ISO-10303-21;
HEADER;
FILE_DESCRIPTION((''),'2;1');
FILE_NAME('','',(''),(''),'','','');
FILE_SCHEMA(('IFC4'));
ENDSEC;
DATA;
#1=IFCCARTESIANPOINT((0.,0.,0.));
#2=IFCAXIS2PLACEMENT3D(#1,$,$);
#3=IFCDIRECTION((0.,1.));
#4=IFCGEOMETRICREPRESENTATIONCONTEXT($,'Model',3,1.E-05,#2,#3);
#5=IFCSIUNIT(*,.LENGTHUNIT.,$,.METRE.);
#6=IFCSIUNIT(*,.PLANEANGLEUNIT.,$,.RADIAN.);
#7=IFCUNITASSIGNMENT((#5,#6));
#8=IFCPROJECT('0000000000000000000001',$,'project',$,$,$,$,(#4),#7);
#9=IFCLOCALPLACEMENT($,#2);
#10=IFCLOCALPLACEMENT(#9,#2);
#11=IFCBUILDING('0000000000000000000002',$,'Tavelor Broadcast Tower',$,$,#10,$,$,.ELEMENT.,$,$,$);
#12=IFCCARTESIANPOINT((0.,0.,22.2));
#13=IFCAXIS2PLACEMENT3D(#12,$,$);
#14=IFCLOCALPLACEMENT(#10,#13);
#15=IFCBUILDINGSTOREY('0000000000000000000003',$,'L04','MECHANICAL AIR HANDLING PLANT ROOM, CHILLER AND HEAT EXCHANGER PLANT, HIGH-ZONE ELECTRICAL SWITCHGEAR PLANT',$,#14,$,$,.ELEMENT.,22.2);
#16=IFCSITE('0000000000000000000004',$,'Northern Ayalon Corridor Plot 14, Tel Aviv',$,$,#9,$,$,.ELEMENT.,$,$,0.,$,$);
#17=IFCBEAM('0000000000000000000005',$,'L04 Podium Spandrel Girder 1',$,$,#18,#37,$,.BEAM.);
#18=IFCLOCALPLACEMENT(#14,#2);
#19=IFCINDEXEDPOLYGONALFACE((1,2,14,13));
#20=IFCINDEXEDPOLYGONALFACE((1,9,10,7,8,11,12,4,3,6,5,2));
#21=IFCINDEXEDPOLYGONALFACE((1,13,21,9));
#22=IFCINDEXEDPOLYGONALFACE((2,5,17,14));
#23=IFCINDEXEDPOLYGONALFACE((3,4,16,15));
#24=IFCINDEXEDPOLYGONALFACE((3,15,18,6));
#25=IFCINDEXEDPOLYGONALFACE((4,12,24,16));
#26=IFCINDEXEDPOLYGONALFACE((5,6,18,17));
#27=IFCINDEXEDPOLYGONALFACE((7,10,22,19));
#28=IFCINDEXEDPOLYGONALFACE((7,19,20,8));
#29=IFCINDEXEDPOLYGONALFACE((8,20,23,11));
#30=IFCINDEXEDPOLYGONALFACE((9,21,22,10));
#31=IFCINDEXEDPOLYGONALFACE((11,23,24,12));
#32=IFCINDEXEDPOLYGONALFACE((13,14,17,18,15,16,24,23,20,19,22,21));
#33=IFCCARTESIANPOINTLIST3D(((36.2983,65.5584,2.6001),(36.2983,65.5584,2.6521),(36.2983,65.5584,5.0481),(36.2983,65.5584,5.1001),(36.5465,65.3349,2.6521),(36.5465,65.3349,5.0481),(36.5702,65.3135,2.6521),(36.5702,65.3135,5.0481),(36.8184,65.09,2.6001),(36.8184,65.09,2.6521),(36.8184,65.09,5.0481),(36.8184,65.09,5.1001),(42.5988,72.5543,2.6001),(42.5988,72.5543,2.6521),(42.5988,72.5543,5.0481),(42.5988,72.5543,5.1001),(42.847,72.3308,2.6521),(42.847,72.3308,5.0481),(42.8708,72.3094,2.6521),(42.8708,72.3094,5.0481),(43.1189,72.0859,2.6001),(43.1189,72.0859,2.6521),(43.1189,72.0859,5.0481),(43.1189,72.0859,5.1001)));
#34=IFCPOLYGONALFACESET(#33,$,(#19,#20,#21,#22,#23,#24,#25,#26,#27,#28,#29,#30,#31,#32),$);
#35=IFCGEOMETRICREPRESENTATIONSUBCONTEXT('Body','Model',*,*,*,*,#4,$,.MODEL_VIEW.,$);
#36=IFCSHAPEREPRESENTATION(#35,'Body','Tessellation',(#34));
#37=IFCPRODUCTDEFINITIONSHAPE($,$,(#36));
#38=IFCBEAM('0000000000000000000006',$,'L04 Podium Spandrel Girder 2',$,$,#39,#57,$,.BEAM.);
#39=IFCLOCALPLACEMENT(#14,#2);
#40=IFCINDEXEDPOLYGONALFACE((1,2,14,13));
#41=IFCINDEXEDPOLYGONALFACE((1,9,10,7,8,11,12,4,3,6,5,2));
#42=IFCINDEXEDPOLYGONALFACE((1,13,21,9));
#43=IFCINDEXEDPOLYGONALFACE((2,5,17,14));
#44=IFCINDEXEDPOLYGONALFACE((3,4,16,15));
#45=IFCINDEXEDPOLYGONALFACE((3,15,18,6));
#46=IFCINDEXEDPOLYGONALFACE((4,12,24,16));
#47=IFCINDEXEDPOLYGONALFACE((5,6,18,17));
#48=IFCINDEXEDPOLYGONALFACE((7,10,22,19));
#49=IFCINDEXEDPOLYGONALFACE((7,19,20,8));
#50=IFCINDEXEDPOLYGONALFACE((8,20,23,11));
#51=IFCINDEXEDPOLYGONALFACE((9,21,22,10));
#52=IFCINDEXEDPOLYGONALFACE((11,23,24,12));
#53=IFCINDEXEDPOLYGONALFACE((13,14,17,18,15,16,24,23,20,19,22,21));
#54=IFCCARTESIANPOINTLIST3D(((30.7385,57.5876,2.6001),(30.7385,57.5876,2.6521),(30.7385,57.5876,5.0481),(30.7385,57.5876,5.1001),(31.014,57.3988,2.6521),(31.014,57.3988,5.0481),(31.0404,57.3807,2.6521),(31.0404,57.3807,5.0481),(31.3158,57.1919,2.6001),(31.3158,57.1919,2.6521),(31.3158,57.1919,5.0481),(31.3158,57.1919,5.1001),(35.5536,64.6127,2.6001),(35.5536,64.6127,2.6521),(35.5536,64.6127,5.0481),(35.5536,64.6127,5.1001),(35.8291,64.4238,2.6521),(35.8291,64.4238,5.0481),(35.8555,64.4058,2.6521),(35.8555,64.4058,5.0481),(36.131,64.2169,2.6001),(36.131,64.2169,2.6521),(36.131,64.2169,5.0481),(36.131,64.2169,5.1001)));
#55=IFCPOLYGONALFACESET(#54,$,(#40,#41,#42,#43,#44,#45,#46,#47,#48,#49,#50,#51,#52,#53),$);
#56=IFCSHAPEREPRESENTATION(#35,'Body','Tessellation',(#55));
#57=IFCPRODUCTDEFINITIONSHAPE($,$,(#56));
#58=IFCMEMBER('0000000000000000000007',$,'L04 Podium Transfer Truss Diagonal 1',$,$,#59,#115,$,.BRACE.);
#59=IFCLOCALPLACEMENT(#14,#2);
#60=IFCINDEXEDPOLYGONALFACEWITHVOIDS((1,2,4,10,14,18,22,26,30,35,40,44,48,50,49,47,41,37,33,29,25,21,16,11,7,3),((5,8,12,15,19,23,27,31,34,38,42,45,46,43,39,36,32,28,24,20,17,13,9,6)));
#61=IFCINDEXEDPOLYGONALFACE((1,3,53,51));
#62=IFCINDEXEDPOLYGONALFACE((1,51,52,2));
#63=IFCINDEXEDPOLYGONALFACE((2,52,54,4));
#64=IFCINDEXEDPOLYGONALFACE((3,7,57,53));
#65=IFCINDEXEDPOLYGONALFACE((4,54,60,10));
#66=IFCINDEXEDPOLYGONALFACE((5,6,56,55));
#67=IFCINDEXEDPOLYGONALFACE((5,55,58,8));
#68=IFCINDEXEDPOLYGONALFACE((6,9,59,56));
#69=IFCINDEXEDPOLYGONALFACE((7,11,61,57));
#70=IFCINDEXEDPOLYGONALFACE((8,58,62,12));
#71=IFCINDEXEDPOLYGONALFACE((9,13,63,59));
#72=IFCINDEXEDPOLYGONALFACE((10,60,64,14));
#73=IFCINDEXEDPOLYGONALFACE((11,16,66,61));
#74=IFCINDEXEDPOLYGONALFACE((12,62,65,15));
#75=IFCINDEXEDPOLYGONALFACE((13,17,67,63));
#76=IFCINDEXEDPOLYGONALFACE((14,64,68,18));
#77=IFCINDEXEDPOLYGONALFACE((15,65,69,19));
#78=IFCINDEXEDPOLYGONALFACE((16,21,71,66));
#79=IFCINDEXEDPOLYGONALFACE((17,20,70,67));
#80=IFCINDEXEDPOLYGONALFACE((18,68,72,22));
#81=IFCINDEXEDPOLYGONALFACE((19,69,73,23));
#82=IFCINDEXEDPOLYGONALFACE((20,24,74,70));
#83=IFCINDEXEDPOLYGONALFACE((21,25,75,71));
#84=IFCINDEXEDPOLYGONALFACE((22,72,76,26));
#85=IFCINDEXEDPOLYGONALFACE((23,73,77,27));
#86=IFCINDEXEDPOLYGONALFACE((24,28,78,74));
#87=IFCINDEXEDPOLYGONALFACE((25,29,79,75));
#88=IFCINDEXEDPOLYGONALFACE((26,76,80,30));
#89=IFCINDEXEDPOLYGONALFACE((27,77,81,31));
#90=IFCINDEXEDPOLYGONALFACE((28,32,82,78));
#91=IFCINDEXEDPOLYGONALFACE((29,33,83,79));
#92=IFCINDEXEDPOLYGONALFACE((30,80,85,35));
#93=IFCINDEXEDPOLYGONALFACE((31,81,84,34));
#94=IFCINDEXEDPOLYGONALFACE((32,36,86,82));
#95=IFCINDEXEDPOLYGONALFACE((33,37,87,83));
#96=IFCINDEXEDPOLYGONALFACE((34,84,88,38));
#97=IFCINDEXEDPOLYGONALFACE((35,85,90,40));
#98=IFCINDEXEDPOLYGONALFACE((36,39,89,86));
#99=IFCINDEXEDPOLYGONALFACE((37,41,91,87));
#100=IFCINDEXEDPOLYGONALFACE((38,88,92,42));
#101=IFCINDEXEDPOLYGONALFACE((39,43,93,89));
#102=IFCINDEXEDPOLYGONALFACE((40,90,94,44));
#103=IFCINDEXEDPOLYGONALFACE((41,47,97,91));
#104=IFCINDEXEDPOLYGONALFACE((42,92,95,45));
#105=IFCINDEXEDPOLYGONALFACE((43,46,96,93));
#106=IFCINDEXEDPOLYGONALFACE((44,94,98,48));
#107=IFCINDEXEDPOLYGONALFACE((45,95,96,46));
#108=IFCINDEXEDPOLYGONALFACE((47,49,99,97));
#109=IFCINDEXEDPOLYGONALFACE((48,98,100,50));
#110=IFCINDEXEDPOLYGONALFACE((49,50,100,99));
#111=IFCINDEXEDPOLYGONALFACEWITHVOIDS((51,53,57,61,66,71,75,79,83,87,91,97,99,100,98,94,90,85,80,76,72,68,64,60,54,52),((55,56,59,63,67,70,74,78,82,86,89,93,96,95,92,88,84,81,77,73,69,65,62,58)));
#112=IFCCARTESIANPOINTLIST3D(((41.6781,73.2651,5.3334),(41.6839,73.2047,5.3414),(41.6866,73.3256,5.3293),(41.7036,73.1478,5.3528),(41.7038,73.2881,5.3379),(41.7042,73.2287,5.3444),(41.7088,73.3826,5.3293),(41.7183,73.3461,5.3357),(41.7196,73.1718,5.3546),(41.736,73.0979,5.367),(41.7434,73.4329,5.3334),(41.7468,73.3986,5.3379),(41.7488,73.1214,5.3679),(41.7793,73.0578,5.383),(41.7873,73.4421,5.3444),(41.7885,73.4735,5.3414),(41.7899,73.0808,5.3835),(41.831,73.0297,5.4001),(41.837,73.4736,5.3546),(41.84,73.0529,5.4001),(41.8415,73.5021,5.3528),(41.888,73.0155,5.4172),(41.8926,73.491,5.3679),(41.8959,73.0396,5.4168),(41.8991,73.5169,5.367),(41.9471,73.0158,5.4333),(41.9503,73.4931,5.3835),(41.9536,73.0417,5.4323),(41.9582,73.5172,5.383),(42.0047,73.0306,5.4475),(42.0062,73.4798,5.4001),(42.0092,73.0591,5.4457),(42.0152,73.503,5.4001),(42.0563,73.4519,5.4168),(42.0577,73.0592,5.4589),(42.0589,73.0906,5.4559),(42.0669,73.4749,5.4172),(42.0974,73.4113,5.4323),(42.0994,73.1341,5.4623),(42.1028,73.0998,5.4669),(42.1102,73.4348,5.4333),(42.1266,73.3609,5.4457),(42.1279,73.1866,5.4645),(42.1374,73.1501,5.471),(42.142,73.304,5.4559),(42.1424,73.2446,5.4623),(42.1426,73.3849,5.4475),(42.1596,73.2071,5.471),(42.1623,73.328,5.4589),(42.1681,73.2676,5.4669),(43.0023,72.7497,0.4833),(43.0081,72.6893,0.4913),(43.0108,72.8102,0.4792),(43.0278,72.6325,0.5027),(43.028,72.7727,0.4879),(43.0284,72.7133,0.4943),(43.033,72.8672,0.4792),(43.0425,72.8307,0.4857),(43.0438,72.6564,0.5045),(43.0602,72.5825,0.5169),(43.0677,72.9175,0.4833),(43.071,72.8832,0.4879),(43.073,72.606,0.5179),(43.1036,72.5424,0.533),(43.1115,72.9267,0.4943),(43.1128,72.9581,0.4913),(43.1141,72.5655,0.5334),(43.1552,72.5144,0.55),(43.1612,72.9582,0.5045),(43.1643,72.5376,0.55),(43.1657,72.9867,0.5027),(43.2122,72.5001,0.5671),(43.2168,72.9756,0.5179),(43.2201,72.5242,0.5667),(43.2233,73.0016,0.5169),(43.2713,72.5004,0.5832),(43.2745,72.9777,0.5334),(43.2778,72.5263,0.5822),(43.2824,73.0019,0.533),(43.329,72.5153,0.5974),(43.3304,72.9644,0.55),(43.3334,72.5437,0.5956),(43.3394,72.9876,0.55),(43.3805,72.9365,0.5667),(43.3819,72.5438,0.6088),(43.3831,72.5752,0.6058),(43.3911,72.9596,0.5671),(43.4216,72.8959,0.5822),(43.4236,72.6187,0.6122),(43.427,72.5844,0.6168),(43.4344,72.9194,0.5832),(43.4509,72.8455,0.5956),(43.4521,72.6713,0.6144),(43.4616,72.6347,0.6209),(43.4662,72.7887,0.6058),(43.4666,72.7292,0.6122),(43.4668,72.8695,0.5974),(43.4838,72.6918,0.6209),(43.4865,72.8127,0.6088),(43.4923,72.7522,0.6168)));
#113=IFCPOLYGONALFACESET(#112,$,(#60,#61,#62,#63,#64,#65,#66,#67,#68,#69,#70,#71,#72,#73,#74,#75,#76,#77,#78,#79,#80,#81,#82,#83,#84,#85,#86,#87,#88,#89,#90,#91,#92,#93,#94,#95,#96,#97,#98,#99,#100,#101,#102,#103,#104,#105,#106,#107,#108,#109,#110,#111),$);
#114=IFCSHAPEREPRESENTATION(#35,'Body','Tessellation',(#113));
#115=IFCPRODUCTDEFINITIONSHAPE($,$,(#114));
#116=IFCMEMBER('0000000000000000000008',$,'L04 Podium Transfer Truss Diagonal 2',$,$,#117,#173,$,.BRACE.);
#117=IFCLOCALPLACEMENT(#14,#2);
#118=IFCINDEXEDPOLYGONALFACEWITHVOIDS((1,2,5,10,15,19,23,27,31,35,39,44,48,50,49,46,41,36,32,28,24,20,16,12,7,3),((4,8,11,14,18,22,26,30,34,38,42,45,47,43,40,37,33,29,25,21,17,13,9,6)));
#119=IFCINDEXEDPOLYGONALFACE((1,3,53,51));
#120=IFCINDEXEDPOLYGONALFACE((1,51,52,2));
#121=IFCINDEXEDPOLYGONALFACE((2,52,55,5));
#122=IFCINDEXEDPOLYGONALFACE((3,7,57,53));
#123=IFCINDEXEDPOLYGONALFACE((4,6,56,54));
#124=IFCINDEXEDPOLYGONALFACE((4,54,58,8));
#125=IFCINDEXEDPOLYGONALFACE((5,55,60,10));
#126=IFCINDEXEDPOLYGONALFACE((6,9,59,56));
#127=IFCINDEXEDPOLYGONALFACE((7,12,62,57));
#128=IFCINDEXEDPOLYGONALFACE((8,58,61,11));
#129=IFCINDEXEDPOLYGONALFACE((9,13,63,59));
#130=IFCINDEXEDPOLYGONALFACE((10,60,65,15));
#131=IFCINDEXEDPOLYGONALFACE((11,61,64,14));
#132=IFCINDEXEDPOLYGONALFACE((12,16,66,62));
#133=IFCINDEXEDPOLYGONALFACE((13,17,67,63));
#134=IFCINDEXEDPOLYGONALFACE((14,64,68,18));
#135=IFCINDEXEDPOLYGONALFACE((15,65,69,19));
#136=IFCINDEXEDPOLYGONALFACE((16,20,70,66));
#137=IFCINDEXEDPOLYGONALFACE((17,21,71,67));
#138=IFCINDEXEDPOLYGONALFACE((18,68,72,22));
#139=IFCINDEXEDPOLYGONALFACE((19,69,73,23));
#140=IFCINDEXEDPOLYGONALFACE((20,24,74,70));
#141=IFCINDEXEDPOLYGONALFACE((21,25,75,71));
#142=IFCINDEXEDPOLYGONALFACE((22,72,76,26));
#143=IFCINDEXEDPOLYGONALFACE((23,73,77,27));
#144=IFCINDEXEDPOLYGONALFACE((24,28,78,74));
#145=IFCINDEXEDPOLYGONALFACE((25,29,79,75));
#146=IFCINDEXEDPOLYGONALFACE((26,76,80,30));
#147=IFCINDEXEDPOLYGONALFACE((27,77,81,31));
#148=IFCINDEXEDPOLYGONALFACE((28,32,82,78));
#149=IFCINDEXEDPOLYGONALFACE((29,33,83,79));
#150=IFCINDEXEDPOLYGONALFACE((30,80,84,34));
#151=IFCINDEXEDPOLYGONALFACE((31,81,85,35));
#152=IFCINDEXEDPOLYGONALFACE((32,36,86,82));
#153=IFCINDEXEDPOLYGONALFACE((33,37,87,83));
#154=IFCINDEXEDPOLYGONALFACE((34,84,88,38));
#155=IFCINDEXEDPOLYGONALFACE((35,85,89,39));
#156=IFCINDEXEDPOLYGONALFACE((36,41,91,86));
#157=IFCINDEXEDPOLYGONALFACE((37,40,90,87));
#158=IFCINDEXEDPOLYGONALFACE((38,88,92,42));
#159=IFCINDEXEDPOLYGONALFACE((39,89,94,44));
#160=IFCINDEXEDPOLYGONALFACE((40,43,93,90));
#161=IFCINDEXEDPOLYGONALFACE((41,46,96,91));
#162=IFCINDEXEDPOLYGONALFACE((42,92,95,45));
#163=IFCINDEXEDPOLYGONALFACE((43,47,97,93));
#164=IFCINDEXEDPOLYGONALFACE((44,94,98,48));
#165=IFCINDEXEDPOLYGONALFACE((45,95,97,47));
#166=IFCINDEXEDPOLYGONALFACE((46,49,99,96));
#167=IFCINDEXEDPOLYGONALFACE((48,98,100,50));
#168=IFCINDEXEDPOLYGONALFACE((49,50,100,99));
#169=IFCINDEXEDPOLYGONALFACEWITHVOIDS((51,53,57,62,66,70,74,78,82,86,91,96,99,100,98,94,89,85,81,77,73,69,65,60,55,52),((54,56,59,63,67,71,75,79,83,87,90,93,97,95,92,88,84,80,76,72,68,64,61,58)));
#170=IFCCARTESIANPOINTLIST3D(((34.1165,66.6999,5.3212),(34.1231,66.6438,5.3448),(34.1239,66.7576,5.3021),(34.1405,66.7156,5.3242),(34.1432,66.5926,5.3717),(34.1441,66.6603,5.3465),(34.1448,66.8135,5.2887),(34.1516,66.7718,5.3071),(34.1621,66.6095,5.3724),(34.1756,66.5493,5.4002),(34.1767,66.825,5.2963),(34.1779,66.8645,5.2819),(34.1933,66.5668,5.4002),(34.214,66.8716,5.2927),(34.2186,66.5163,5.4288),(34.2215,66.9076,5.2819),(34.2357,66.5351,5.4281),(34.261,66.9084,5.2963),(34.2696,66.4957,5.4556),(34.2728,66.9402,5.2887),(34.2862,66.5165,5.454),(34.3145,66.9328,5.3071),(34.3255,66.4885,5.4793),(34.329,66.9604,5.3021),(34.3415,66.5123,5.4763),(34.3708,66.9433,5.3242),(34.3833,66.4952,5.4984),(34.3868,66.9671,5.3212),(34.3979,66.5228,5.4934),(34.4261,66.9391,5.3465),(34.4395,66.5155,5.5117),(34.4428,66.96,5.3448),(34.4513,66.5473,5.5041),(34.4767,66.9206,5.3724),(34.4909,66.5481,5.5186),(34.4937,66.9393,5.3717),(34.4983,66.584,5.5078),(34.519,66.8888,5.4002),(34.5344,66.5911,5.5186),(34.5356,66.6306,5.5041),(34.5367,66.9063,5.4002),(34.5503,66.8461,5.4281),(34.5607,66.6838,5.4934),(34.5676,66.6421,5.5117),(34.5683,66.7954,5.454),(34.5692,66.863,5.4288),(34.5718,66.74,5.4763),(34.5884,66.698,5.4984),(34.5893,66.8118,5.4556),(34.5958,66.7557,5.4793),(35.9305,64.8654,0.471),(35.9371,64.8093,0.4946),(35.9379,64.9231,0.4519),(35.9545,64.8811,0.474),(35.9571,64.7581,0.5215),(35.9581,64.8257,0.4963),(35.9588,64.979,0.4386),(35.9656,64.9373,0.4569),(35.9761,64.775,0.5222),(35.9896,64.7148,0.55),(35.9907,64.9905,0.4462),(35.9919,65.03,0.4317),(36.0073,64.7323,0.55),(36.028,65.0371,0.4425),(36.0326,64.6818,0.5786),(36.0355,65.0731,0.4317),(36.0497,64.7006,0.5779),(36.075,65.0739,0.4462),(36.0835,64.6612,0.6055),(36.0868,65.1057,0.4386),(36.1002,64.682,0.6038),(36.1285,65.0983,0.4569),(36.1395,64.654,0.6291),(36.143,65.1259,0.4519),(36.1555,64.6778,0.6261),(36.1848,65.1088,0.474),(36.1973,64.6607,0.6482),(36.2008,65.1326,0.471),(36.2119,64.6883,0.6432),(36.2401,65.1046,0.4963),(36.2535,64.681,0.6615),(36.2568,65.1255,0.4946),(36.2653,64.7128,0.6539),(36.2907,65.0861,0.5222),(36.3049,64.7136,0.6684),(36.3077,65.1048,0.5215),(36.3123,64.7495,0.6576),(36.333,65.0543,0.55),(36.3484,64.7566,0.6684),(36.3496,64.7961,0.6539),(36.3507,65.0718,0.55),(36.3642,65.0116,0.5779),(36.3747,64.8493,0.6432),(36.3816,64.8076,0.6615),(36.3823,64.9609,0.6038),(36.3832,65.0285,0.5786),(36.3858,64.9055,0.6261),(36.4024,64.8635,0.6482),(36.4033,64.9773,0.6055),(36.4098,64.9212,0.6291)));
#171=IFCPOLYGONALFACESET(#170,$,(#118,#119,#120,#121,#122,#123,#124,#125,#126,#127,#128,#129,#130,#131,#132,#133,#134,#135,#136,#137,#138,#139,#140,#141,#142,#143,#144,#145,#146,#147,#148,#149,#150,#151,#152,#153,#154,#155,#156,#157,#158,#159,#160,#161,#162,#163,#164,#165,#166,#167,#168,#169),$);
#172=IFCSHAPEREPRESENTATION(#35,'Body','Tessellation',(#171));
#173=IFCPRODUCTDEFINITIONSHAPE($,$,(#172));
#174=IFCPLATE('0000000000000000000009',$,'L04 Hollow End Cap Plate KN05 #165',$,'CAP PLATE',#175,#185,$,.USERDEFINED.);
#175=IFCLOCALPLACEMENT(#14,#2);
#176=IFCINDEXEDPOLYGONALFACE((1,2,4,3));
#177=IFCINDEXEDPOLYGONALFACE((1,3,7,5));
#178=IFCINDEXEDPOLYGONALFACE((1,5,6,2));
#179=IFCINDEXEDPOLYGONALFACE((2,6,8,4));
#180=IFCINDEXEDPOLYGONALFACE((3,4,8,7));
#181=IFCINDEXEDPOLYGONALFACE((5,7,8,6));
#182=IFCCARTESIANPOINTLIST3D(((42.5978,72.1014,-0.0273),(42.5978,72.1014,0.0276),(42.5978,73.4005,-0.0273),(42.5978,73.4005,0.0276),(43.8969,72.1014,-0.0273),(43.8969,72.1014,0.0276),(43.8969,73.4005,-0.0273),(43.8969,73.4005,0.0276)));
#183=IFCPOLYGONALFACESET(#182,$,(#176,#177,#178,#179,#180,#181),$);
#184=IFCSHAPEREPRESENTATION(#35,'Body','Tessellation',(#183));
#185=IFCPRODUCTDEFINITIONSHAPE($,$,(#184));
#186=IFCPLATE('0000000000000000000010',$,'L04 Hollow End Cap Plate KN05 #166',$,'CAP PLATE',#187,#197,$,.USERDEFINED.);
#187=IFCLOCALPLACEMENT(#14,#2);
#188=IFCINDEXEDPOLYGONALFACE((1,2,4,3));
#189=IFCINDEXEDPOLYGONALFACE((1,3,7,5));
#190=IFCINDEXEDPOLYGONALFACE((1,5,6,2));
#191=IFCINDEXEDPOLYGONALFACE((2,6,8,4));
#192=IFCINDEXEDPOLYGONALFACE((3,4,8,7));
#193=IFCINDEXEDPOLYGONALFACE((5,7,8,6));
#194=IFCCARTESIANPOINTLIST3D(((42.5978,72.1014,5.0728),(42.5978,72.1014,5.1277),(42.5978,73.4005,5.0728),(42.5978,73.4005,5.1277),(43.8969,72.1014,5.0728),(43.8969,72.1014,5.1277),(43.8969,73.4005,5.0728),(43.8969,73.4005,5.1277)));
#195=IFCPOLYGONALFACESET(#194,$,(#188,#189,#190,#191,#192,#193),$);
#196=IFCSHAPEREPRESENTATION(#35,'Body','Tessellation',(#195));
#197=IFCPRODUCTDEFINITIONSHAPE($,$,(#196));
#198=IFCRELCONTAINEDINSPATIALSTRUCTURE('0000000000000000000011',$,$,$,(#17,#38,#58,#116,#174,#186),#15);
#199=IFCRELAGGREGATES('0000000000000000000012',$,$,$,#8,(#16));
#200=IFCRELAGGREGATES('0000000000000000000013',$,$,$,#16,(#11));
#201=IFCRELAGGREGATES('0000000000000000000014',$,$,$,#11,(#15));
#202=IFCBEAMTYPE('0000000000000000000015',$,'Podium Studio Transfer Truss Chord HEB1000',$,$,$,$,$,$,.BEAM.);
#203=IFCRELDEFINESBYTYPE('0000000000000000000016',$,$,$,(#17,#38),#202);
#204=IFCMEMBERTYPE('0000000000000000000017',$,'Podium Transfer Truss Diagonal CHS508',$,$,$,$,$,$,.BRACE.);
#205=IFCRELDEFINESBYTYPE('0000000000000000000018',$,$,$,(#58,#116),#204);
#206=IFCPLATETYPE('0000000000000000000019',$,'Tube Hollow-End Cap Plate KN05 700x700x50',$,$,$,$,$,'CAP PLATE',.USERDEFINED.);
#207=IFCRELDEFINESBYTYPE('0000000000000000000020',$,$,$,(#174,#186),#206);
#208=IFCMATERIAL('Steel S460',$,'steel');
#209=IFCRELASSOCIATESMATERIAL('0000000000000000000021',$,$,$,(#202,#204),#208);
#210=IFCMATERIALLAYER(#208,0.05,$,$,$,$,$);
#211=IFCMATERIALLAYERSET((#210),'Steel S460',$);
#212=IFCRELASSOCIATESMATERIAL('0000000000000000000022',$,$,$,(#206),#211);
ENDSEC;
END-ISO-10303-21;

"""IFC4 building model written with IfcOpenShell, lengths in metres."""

from ifc_helpers import new_model, si_unit, direction, frame, origin, origin_2d, place, context, subcontext, project, spatial, rectangle, hollow_circle, i_section, extrude, source, transform, mapped, material, layer, layer_set, material_profile, profile_set, type_object, element, save


model = new_model("IFC4")

# Units and contexts
model_context = context("Model", 3, precision=1e-05, world=origin(), true_north=direction((0.0, 1.0)))
body_context = subcontext(model_context, "Body", "Model", "MODEL_VIEW")
ifc_project = project(units=[si_unit("LENGTHUNIT", "METRE"), si_unit("PLANEANGLEUNIT", "RADIAN")], contexts=[model_context])

# Site, building, storey
site_placement = place(None, origin())
site = spatial("IfcSite", under=ifc_project, at=site_placement, Name="Northern Ayalon Corridor Plot 14, Tel Aviv", CompositionType="ELEMENT", RefElevation=0.0)
building_placement = place(site_placement, origin())
building = spatial("IfcBuilding", under=site, at=building_placement, Name="Tavelor Broadcast Tower", CompositionType="ELEMENT")
storey_placement = place(building_placement, frame((0.0, 0.0, 22.2)))
storey = spatial("IfcBuildingStorey", under=building, at=storey_placement, Name="L04", Description="MECHANICAL AIR HANDLING PLANT ROOM, CHILLER AND HEAT EXCHANGER PLANT, HIGH-ZONE ELECTRICAL SWITCHGEAR PLANT", CompositionType="ELEMENT", Elevation=22.2)

# Shared definitions
ifc_material_1 = material(Name="Steel S460", Category="steel")

# Beams
ifc_material_profile_1 = material_profile(ifc_material_1, i_section(OverallWidth=0.7, OverallDepth=2.5, WebThickness=0.032, FlangeThickness=0.052, at=origin_2d()), Name="PG 2500x700")
ifc_profile_set_1 = profile_set([ifc_material_profile_1], Name="Steel S460")
beam_type = type_object("IfcBeamType", Name="Podium Studio Transfer Truss Chord HEB1000", PredefinedType="BEAM", material=ifc_profile_set_1)
beam_1_placement = place(storey_placement, frame((42.8589, 72.3201, 3.8501), z_axis=(-0.669215, -0.743068, 0.0), x_axis=(0.743068, -0.669215, 0.0)))
element("IfcBeam", 1, at=beam_1_placement, inside=storey, type_object=beam_type, Name="L04 Podium Spandrel Girder 1", PredefinedType="BEAM", context=body_context, shape_type="SweptSolid", body=[
    extrude(i_section(OverallWidth=0.7, OverallDepth=2.5, WebThickness=0.032, FlangeThickness=0.052, at=origin_2d()), origin(), (0.0, 0.0, 1.0), 9.4148),
])
beam_2_placement = place(storey_placement, frame((35.8423, 64.4148, 3.8501), z_axis=(-0.565364, -0.824842, 0.0), x_axis=(0.824842, -0.565364, 0.0)))
element("IfcBeam", 2, at=beam_2_placement, inside=storey, type_object=beam_type, Name="L04 Podium Spandrel Girder 2", PredefinedType="BEAM", context=body_context, shape_type="SweptSolid", body=[
    extrude(i_section(OverallWidth=0.7, OverallDepth=2.5, WebThickness=0.032, FlangeThickness=0.052, at=origin_2d()), origin(), (0.0, 0.0, 1.0), 8.5168),
])

# Members
ifc_material_profile_2 = material_profile(ifc_material_1, hollow_circle(Radius=0.2539, WallThickness=0.0249, at=origin_2d()), Name="CHS 508x25")
ifc_profile_set_2 = profile_set([ifc_material_profile_2], Name="Steel S460")
member_type = type_object("IfcMemberType", Name="Podium Transfer Truss Diagonal CHS508", PredefinedType="BRACE", material=ifc_profile_set_2)
member_1_placement = place(storey_placement, frame((43.2473, 72.751, 0.55), z_axis=(-0.262016, 0.101975, 0.959661), x_axis=(-0.362695, -0.931908, 0.0)))
element("IfcMember", 3, at=member_1_placement, inside=storey, type_object=member_type, Name="L04 Podium Transfer Truss Diagonal 1", PredefinedType="BRACE", context=body_context, shape_type="SweptSolid", body=[
    extrude(hollow_circle(Radius=0.2539, WallThickness=0.0249, at=origin_2d()), origin(), (0.0, 0.0, 1.0), 5.054),
])
member_2_placement = place(storey_placement, frame((36.1702, 64.8933, 0.55), z_axis=(-0.330198, 0.333931, 0.88287), x_axis=(-0.71107, -0.703121, 0.0)))
element("IfcMember", 4, at=member_2_placement, inside=storey, type_object=member_type, Name="L04 Podium Transfer Truss Diagonal 2", PredefinedType="BRACE", context=body_context, shape_type="SweptSolid", body=[
    extrude(hollow_circle(Radius=0.2539, WallThickness=0.0249, at=origin_2d()), origin(), (0.0, 0.0, 1.0), 5.4937),
])

# Plates
ifc_layer_1 = layer(ifc_material_1, 0.05)
ifc_layer_set_1 = layer_set([ifc_layer_1], Name="Steel S460")
plate_type_1 = type_object("IfcPlateType", Name="Tube Hollow-End Cap Plate KN05 700x700x50", ElementType="CAP PLATE", PredefinedType="USERDEFINED", material=ifc_layer_set_1)
shared_shape_1 = source(origin(), body_context, "Body", "SweptSolid", [
    extrude(rectangle(XDim=1.2991, YDim=1.2991, at=origin_2d()), origin(), (0.0, 0.0, 1.0), 0.0549),
])
for number, where, z_axis, x_axis, name in (
    (5, (43.2473, 72.751, -0.0273), (0.0, 0.0, 1.0), (1.0, 0.0, 0.0), "L04 Hollow End Cap Plate KN05 #165"),
    (6, (43.2473, 72.751, 5.0728), (0.0, 0.0, 1.0), (1.0, 0.0, 0.0), "L04 Hollow End Cap Plate KN05 #166"),
):
    element("IfcPlate", number, at=place(storey_placement, frame(where, z_axis=z_axis, x_axis=x_axis)), inside=storey, type_object=plate_type_1, Name=name, ObjectType="CAP PLATE", PredefinedType="USERDEFINED", context=body_context, shape_type="MappedRepresentation", body=[
        mapped(shared_shape_1, transform((0.0, 0.0, 0.0), scale=1.0)),
    ])

save(model, "model.ifc")
